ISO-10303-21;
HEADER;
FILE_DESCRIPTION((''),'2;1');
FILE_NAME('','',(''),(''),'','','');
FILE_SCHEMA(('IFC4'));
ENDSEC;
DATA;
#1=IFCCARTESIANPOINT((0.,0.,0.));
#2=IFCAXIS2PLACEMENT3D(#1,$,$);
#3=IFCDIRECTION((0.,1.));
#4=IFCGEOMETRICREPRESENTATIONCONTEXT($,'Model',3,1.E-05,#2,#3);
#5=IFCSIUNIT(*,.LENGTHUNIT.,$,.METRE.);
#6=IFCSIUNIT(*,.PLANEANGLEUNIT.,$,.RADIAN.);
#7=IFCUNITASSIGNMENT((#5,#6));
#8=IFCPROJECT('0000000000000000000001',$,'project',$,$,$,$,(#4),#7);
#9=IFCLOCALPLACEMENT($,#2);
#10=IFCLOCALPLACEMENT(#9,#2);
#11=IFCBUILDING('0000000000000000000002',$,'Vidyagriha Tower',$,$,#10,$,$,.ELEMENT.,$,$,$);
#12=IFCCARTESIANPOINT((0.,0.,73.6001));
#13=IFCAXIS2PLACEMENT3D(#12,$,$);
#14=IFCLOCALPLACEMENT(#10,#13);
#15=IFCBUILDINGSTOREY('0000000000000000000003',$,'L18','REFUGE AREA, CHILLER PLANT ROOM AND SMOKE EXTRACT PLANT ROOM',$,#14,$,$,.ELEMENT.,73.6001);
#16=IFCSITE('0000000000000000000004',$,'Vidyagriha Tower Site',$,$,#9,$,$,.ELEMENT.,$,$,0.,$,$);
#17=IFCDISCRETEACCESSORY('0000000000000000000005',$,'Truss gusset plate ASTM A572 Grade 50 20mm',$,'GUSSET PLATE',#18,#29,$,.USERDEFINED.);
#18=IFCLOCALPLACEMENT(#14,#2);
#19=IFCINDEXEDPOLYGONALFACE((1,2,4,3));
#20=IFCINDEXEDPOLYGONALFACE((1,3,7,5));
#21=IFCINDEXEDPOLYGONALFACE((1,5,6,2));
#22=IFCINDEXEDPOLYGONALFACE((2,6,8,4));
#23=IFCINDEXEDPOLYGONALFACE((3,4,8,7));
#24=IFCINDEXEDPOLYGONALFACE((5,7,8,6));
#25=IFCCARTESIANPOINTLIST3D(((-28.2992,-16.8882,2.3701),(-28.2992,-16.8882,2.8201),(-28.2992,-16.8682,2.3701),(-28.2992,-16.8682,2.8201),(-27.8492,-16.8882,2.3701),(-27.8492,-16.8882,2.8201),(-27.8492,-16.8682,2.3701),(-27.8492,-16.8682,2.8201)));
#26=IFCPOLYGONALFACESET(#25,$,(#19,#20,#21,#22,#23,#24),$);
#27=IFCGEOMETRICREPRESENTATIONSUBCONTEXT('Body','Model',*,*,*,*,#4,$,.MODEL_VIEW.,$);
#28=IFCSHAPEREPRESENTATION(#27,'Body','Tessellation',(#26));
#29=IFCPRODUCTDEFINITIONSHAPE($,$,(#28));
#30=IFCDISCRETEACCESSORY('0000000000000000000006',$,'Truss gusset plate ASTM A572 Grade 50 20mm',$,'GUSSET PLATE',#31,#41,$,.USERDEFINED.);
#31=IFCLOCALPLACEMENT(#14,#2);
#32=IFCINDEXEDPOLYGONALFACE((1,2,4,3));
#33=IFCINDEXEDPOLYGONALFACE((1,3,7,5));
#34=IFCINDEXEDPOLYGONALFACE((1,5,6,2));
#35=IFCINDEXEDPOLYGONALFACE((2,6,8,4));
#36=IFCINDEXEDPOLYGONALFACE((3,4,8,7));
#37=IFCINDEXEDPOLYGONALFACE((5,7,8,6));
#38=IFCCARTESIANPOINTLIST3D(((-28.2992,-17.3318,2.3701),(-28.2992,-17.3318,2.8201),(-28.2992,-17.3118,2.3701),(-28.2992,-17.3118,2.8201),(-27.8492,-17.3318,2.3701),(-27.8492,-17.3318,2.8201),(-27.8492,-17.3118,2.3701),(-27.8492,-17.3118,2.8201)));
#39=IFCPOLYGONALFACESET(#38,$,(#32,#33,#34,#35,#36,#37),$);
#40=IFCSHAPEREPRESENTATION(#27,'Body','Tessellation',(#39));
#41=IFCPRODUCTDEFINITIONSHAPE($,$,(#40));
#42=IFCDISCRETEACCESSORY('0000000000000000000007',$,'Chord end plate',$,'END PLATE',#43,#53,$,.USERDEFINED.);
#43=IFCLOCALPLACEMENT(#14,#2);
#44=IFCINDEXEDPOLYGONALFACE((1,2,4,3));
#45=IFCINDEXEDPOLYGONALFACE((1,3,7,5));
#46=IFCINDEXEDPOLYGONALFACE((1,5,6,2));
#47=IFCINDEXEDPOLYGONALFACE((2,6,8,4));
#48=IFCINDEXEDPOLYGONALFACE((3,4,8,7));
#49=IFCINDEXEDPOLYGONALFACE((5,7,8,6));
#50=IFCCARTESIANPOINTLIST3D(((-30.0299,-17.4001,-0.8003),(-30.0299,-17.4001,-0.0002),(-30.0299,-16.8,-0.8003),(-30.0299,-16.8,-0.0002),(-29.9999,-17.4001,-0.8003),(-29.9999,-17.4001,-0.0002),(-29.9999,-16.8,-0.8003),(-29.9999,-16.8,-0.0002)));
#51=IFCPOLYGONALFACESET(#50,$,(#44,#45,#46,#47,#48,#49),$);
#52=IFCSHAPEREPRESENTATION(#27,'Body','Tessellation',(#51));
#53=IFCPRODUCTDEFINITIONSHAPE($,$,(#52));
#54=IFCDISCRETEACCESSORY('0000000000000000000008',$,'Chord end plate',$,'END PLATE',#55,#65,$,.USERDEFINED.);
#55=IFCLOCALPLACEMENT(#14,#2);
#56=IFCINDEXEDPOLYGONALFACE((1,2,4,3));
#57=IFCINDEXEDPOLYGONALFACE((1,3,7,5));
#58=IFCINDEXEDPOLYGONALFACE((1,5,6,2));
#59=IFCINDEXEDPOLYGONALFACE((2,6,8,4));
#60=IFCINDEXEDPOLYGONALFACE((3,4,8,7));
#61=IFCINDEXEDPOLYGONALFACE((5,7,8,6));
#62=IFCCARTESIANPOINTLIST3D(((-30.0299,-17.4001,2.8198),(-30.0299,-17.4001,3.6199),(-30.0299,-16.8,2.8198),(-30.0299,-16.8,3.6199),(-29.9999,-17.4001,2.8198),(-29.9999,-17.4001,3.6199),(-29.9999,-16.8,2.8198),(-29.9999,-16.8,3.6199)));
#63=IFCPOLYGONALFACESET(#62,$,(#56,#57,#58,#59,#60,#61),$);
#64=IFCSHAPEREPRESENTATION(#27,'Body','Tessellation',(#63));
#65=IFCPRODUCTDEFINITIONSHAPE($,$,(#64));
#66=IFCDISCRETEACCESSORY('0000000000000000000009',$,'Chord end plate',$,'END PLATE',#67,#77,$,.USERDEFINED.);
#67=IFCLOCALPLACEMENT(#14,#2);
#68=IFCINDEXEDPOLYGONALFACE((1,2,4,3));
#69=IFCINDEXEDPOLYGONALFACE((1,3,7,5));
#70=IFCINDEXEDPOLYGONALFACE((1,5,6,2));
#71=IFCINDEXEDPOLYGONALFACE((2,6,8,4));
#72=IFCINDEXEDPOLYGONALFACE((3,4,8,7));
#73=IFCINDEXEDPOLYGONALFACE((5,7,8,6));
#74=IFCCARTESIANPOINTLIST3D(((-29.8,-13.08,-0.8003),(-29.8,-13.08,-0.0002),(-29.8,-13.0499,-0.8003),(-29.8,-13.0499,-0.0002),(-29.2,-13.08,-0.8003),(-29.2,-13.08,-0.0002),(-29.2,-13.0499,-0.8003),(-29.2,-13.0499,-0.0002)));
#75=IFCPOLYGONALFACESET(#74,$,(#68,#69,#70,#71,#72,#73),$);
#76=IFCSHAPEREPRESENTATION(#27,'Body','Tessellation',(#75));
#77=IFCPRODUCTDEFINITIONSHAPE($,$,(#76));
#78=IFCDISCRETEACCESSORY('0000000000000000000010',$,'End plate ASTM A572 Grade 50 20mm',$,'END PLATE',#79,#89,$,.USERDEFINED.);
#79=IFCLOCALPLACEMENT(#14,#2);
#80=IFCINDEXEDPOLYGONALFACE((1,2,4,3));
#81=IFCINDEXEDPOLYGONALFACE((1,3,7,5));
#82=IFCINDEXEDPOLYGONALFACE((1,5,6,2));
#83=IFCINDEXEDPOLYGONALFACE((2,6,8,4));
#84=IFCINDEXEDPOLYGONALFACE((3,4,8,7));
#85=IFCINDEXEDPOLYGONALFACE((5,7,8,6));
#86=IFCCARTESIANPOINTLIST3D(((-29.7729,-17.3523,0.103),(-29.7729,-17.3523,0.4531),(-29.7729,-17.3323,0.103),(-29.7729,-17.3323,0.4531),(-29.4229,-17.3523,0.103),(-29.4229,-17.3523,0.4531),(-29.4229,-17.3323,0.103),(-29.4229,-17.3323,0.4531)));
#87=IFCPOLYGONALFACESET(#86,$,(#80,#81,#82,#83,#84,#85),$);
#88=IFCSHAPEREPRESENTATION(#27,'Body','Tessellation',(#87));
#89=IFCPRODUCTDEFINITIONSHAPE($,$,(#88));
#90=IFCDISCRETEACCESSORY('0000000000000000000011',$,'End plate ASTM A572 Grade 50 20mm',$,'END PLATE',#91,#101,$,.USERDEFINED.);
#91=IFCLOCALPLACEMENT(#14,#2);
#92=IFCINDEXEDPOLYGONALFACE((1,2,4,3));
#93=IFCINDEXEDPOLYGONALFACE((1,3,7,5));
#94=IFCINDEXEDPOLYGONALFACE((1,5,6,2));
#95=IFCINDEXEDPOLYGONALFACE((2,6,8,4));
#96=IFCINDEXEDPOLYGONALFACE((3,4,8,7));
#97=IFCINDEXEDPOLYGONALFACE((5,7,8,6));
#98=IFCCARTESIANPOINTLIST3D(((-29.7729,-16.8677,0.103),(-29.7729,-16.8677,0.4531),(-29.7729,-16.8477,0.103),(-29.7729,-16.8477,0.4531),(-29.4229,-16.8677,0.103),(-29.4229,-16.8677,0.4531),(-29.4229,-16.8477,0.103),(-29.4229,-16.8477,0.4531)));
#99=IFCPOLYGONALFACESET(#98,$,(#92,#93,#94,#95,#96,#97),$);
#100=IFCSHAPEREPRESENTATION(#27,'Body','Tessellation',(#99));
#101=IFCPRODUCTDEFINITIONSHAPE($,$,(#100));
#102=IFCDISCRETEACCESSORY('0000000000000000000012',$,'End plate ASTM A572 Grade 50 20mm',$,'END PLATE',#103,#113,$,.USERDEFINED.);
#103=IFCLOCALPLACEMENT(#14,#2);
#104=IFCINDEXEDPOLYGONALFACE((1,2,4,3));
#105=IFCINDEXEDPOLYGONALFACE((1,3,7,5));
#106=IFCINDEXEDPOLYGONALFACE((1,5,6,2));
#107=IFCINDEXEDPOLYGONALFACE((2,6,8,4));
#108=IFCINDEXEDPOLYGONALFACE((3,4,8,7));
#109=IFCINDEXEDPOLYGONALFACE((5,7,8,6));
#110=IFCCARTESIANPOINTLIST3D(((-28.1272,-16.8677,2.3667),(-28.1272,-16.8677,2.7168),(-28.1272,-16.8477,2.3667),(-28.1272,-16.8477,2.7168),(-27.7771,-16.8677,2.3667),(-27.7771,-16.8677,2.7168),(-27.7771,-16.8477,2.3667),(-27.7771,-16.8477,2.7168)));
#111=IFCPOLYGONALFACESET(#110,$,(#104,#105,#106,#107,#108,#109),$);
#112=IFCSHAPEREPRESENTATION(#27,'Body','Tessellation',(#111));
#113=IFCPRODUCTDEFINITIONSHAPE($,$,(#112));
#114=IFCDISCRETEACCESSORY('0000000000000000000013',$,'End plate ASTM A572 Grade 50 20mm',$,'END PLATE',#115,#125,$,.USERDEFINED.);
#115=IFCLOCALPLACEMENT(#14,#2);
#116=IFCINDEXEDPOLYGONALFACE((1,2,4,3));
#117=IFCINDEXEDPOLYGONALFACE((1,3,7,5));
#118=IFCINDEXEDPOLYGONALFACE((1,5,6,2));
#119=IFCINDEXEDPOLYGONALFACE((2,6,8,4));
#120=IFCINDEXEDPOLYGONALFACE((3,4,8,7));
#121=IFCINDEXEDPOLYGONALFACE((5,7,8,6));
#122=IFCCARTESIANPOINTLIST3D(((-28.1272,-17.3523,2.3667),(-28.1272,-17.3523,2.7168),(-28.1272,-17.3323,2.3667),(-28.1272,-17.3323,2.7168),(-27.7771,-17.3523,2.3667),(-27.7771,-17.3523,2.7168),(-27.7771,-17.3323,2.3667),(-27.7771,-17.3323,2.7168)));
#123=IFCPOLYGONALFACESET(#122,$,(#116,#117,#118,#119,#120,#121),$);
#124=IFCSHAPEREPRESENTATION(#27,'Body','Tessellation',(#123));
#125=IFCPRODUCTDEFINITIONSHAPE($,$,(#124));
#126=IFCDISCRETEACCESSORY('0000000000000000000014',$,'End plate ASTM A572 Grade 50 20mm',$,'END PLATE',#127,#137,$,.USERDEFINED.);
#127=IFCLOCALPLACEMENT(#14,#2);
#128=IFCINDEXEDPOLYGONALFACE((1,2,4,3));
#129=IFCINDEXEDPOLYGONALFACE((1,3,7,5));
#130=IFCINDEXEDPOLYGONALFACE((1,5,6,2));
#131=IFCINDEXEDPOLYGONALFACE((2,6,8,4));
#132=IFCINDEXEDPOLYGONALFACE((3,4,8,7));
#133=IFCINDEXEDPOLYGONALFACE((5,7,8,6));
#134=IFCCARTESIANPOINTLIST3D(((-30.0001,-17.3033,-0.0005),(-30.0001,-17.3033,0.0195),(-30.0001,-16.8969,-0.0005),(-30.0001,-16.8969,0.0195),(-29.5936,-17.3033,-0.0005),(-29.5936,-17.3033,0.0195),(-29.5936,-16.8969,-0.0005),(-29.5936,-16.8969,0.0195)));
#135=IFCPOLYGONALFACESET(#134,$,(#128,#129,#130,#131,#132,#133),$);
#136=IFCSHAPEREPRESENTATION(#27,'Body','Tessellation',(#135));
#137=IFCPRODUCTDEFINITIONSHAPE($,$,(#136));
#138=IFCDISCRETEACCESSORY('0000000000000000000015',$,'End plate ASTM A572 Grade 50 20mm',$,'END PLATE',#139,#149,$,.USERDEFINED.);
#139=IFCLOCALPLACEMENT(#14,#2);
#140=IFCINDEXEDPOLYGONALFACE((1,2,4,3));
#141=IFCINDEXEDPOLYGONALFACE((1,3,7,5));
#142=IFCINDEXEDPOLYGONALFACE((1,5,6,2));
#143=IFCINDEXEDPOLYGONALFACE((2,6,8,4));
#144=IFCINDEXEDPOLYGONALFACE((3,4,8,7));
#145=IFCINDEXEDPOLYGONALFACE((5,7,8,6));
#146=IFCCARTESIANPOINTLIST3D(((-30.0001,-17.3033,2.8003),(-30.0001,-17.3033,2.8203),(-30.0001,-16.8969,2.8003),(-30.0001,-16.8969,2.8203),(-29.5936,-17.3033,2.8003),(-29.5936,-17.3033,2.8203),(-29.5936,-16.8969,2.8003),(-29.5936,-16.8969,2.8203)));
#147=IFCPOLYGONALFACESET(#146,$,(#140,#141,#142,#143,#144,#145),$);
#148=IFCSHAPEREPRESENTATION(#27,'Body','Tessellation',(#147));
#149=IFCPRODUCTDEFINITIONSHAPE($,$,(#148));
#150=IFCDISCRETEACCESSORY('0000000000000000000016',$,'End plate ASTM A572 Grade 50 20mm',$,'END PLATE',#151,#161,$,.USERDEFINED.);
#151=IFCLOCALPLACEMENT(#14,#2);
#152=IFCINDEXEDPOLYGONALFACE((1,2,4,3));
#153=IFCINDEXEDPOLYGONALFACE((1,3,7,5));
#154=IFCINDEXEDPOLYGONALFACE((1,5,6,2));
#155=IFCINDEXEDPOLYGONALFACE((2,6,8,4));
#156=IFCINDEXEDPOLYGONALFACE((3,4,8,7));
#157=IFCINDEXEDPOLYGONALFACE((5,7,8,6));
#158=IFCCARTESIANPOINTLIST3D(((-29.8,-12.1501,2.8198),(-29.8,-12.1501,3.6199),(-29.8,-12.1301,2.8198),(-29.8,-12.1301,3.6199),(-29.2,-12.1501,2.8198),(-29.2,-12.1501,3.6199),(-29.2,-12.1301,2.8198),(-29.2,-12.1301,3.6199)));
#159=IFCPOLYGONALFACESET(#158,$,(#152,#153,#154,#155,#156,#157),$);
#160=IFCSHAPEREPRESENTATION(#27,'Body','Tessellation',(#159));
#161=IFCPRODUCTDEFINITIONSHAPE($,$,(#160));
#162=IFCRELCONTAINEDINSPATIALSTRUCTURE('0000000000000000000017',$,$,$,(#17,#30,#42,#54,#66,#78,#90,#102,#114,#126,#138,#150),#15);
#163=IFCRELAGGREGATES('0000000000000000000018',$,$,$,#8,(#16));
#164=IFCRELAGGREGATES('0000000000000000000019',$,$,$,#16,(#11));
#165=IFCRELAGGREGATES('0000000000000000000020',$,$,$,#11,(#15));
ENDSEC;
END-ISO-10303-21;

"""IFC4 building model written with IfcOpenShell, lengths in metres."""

from ifc_helpers import new_model, si_unit, direction, frame, origin, origin_2d, place, context, subcontext, project, spatial, rectangle, extrude, element, save


model = new_model("IFC4")

# Units and contexts
model_context = context("Model", 3, precision=1e-05, world=origin(), true_north=direction((0.0, 1.0)))
body_context = subcontext(model_context, "Body", "Model", "MODEL_VIEW")
ifc_project = project(units=[si_unit("LENGTHUNIT", "METRE"), si_unit("PLANEANGLEUNIT", "RADIAN")], contexts=[model_context])

# Site, building, storey
site_placement = place(None, origin())
site = spatial("IfcSite", under=ifc_project, at=site_placement, Name="Vidyagriha Tower Site", CompositionType="ELEMENT", RefElevation=0.0)
building_placement = place(site_placement, origin())
building = spatial("IfcBuilding", under=site, at=building_placement, Name="Vidyagriha Tower", CompositionType="ELEMENT")
storey_placement = place(building_placement, frame((0.0, 0.0, 73.6001)))
storey = spatial("IfcBuildingStorey", under=building, at=storey_placement, Name="L18", Description="REFUGE AREA, CHILLER PLANT ROOM AND SMOKE EXTRACT PLANT ROOM", CompositionType="ELEMENT", Elevation=73.6001)

# Discrete accessories
for number, where, name in (
    (1, (-28.0742, -16.8782, 2.3701), "Truss gusset plate ASTM A572 Grade 50 20mm"),
    (2, (-28.0742, -17.3218, 2.3701), "Truss gusset plate ASTM A572 Grade 50 20mm"),
):
    element("IfcDiscreteAccessory", number, at=place(storey_placement, frame(where)), inside=storey, Name=name, ObjectType="GUSSET PLATE", PredefinedType="USERDEFINED", context=body_context, shape_type="SweptSolid", body=[
        extrude(rectangle(XDim=0.45, YDim=0.02, at=origin_2d()), origin(), (0.0, 0.0, 1.0), 0.45),
    ])
for number, where, z_axis, x_axis, name in (
    (3, (-30.0149, -17.1001, -0.8003), (0.0, 0.0, 1.0), (-1.0, 0.0, 0.0), "Chord end plate"),
    (4, (-30.0149, -17.1001, 2.8198), (0.0, 0.0, 1.0), (-1.0, 0.0, 0.0), "Chord end plate"),
    (5, (-29.5, -13.0649, -0.8003), (0.0, 0.0, 1.0), (0.0, -1.0, 0.0), "Chord end plate"),
):
    element("IfcDiscreteAccessory", number, at=place(storey_placement, frame(where, z_axis=z_axis, x_axis=x_axis)), inside=storey, Name=name, ObjectType="END PLATE", PredefinedType="USERDEFINED", context=body_context, shape_type="SweptSolid", body=[
        extrude(rectangle(XDim=0.03, YDim=0.6001, at=origin_2d()), origin(), (0.0, 0.0, 1.0), 0.8),
    ])
for number, where, z_axis, x_axis, name in (
    (6, (-29.5979, -17.3423, 0.103), (0.0, 0.0, 1.0), (-1.0, 0.0, 0.0), "End plate ASTM A572 Grade 50 20mm"),
    (7, (-29.5979, -16.8577, 0.103), (0.0, 0.0, 1.0), (-1.0, 0.0, 0.0), "End plate ASTM A572 Grade 50 20mm"),
):
    element("IfcDiscreteAccessory", number, at=place(storey_placement, frame(where, z_axis=z_axis, x_axis=x_axis)), inside=storey, Name=name, ObjectType="END PLATE", PredefinedType="USERDEFINED", context=body_context, shape_type="SweptSolid", body=[
        extrude(rectangle(XDim=0.3501, YDim=0.02, at=origin_2d()), origin(), (0.0, 0.0, 1.0), 0.3501),
    ])
for number, where, name in (
    (8, (-27.9521, -16.8577, 2.3667), "End plate ASTM A572 Grade 50 20mm"),
    (9, (-27.9521, -17.3423, 2.3667), "End plate ASTM A572 Grade 50 20mm"),
):
    element("IfcDiscreteAccessory", number, at=place(storey_placement, frame(where)), inside=storey, Name=name, ObjectType="END PLATE", PredefinedType="USERDEFINED", context=body_context, shape_type="SweptSolid", body=[
        extrude(rectangle(XDim=0.3501, YDim=0.02, at=origin_2d()), origin(), (0.0, 0.0, 1.0), 0.3501),
    ])
for number, where, name in (
    (10, (-29.7969, -17.1001, -0.0005), "End plate ASTM A572 Grade 50 20mm"),
    (11, (-29.7969, -17.1001, 2.8003), "End plate ASTM A572 Grade 50 20mm"),
):
    element("IfcDiscreteAccessory", number, at=place(storey_placement, frame(where)), inside=storey, Name=name, ObjectType="END PLATE", PredefinedType="USERDEFINED", context=body_context, shape_type="SweptSolid", body=[
        extrude(rectangle(XDim=0.4065, YDim=0.4065, at=origin_2d()), origin(), (0.0, 0.0, 1.0), 0.02),
    ])
discrete_accessory_placement = place(storey_placement, frame((-29.5, -12.1401, 2.8198), z_axis=(0.0, 0.0, 1.0), x_axis=(0.0, -1.0, 0.0)))
element("IfcDiscreteAccessory", 12, at=discrete_accessory_placement, inside=storey, Name="End plate ASTM A572 Grade 50 20mm", ObjectType="END PLATE", PredefinedType="USERDEFINED", context=body_context, shape_type="SweptSolid", body=[
    extrude(rectangle(XDim=0.02, YDim=0.6001, at=origin_2d()), origin(), (0.0, 0.0, 1.0), 0.8),
])

save(model, "model.ifc")
